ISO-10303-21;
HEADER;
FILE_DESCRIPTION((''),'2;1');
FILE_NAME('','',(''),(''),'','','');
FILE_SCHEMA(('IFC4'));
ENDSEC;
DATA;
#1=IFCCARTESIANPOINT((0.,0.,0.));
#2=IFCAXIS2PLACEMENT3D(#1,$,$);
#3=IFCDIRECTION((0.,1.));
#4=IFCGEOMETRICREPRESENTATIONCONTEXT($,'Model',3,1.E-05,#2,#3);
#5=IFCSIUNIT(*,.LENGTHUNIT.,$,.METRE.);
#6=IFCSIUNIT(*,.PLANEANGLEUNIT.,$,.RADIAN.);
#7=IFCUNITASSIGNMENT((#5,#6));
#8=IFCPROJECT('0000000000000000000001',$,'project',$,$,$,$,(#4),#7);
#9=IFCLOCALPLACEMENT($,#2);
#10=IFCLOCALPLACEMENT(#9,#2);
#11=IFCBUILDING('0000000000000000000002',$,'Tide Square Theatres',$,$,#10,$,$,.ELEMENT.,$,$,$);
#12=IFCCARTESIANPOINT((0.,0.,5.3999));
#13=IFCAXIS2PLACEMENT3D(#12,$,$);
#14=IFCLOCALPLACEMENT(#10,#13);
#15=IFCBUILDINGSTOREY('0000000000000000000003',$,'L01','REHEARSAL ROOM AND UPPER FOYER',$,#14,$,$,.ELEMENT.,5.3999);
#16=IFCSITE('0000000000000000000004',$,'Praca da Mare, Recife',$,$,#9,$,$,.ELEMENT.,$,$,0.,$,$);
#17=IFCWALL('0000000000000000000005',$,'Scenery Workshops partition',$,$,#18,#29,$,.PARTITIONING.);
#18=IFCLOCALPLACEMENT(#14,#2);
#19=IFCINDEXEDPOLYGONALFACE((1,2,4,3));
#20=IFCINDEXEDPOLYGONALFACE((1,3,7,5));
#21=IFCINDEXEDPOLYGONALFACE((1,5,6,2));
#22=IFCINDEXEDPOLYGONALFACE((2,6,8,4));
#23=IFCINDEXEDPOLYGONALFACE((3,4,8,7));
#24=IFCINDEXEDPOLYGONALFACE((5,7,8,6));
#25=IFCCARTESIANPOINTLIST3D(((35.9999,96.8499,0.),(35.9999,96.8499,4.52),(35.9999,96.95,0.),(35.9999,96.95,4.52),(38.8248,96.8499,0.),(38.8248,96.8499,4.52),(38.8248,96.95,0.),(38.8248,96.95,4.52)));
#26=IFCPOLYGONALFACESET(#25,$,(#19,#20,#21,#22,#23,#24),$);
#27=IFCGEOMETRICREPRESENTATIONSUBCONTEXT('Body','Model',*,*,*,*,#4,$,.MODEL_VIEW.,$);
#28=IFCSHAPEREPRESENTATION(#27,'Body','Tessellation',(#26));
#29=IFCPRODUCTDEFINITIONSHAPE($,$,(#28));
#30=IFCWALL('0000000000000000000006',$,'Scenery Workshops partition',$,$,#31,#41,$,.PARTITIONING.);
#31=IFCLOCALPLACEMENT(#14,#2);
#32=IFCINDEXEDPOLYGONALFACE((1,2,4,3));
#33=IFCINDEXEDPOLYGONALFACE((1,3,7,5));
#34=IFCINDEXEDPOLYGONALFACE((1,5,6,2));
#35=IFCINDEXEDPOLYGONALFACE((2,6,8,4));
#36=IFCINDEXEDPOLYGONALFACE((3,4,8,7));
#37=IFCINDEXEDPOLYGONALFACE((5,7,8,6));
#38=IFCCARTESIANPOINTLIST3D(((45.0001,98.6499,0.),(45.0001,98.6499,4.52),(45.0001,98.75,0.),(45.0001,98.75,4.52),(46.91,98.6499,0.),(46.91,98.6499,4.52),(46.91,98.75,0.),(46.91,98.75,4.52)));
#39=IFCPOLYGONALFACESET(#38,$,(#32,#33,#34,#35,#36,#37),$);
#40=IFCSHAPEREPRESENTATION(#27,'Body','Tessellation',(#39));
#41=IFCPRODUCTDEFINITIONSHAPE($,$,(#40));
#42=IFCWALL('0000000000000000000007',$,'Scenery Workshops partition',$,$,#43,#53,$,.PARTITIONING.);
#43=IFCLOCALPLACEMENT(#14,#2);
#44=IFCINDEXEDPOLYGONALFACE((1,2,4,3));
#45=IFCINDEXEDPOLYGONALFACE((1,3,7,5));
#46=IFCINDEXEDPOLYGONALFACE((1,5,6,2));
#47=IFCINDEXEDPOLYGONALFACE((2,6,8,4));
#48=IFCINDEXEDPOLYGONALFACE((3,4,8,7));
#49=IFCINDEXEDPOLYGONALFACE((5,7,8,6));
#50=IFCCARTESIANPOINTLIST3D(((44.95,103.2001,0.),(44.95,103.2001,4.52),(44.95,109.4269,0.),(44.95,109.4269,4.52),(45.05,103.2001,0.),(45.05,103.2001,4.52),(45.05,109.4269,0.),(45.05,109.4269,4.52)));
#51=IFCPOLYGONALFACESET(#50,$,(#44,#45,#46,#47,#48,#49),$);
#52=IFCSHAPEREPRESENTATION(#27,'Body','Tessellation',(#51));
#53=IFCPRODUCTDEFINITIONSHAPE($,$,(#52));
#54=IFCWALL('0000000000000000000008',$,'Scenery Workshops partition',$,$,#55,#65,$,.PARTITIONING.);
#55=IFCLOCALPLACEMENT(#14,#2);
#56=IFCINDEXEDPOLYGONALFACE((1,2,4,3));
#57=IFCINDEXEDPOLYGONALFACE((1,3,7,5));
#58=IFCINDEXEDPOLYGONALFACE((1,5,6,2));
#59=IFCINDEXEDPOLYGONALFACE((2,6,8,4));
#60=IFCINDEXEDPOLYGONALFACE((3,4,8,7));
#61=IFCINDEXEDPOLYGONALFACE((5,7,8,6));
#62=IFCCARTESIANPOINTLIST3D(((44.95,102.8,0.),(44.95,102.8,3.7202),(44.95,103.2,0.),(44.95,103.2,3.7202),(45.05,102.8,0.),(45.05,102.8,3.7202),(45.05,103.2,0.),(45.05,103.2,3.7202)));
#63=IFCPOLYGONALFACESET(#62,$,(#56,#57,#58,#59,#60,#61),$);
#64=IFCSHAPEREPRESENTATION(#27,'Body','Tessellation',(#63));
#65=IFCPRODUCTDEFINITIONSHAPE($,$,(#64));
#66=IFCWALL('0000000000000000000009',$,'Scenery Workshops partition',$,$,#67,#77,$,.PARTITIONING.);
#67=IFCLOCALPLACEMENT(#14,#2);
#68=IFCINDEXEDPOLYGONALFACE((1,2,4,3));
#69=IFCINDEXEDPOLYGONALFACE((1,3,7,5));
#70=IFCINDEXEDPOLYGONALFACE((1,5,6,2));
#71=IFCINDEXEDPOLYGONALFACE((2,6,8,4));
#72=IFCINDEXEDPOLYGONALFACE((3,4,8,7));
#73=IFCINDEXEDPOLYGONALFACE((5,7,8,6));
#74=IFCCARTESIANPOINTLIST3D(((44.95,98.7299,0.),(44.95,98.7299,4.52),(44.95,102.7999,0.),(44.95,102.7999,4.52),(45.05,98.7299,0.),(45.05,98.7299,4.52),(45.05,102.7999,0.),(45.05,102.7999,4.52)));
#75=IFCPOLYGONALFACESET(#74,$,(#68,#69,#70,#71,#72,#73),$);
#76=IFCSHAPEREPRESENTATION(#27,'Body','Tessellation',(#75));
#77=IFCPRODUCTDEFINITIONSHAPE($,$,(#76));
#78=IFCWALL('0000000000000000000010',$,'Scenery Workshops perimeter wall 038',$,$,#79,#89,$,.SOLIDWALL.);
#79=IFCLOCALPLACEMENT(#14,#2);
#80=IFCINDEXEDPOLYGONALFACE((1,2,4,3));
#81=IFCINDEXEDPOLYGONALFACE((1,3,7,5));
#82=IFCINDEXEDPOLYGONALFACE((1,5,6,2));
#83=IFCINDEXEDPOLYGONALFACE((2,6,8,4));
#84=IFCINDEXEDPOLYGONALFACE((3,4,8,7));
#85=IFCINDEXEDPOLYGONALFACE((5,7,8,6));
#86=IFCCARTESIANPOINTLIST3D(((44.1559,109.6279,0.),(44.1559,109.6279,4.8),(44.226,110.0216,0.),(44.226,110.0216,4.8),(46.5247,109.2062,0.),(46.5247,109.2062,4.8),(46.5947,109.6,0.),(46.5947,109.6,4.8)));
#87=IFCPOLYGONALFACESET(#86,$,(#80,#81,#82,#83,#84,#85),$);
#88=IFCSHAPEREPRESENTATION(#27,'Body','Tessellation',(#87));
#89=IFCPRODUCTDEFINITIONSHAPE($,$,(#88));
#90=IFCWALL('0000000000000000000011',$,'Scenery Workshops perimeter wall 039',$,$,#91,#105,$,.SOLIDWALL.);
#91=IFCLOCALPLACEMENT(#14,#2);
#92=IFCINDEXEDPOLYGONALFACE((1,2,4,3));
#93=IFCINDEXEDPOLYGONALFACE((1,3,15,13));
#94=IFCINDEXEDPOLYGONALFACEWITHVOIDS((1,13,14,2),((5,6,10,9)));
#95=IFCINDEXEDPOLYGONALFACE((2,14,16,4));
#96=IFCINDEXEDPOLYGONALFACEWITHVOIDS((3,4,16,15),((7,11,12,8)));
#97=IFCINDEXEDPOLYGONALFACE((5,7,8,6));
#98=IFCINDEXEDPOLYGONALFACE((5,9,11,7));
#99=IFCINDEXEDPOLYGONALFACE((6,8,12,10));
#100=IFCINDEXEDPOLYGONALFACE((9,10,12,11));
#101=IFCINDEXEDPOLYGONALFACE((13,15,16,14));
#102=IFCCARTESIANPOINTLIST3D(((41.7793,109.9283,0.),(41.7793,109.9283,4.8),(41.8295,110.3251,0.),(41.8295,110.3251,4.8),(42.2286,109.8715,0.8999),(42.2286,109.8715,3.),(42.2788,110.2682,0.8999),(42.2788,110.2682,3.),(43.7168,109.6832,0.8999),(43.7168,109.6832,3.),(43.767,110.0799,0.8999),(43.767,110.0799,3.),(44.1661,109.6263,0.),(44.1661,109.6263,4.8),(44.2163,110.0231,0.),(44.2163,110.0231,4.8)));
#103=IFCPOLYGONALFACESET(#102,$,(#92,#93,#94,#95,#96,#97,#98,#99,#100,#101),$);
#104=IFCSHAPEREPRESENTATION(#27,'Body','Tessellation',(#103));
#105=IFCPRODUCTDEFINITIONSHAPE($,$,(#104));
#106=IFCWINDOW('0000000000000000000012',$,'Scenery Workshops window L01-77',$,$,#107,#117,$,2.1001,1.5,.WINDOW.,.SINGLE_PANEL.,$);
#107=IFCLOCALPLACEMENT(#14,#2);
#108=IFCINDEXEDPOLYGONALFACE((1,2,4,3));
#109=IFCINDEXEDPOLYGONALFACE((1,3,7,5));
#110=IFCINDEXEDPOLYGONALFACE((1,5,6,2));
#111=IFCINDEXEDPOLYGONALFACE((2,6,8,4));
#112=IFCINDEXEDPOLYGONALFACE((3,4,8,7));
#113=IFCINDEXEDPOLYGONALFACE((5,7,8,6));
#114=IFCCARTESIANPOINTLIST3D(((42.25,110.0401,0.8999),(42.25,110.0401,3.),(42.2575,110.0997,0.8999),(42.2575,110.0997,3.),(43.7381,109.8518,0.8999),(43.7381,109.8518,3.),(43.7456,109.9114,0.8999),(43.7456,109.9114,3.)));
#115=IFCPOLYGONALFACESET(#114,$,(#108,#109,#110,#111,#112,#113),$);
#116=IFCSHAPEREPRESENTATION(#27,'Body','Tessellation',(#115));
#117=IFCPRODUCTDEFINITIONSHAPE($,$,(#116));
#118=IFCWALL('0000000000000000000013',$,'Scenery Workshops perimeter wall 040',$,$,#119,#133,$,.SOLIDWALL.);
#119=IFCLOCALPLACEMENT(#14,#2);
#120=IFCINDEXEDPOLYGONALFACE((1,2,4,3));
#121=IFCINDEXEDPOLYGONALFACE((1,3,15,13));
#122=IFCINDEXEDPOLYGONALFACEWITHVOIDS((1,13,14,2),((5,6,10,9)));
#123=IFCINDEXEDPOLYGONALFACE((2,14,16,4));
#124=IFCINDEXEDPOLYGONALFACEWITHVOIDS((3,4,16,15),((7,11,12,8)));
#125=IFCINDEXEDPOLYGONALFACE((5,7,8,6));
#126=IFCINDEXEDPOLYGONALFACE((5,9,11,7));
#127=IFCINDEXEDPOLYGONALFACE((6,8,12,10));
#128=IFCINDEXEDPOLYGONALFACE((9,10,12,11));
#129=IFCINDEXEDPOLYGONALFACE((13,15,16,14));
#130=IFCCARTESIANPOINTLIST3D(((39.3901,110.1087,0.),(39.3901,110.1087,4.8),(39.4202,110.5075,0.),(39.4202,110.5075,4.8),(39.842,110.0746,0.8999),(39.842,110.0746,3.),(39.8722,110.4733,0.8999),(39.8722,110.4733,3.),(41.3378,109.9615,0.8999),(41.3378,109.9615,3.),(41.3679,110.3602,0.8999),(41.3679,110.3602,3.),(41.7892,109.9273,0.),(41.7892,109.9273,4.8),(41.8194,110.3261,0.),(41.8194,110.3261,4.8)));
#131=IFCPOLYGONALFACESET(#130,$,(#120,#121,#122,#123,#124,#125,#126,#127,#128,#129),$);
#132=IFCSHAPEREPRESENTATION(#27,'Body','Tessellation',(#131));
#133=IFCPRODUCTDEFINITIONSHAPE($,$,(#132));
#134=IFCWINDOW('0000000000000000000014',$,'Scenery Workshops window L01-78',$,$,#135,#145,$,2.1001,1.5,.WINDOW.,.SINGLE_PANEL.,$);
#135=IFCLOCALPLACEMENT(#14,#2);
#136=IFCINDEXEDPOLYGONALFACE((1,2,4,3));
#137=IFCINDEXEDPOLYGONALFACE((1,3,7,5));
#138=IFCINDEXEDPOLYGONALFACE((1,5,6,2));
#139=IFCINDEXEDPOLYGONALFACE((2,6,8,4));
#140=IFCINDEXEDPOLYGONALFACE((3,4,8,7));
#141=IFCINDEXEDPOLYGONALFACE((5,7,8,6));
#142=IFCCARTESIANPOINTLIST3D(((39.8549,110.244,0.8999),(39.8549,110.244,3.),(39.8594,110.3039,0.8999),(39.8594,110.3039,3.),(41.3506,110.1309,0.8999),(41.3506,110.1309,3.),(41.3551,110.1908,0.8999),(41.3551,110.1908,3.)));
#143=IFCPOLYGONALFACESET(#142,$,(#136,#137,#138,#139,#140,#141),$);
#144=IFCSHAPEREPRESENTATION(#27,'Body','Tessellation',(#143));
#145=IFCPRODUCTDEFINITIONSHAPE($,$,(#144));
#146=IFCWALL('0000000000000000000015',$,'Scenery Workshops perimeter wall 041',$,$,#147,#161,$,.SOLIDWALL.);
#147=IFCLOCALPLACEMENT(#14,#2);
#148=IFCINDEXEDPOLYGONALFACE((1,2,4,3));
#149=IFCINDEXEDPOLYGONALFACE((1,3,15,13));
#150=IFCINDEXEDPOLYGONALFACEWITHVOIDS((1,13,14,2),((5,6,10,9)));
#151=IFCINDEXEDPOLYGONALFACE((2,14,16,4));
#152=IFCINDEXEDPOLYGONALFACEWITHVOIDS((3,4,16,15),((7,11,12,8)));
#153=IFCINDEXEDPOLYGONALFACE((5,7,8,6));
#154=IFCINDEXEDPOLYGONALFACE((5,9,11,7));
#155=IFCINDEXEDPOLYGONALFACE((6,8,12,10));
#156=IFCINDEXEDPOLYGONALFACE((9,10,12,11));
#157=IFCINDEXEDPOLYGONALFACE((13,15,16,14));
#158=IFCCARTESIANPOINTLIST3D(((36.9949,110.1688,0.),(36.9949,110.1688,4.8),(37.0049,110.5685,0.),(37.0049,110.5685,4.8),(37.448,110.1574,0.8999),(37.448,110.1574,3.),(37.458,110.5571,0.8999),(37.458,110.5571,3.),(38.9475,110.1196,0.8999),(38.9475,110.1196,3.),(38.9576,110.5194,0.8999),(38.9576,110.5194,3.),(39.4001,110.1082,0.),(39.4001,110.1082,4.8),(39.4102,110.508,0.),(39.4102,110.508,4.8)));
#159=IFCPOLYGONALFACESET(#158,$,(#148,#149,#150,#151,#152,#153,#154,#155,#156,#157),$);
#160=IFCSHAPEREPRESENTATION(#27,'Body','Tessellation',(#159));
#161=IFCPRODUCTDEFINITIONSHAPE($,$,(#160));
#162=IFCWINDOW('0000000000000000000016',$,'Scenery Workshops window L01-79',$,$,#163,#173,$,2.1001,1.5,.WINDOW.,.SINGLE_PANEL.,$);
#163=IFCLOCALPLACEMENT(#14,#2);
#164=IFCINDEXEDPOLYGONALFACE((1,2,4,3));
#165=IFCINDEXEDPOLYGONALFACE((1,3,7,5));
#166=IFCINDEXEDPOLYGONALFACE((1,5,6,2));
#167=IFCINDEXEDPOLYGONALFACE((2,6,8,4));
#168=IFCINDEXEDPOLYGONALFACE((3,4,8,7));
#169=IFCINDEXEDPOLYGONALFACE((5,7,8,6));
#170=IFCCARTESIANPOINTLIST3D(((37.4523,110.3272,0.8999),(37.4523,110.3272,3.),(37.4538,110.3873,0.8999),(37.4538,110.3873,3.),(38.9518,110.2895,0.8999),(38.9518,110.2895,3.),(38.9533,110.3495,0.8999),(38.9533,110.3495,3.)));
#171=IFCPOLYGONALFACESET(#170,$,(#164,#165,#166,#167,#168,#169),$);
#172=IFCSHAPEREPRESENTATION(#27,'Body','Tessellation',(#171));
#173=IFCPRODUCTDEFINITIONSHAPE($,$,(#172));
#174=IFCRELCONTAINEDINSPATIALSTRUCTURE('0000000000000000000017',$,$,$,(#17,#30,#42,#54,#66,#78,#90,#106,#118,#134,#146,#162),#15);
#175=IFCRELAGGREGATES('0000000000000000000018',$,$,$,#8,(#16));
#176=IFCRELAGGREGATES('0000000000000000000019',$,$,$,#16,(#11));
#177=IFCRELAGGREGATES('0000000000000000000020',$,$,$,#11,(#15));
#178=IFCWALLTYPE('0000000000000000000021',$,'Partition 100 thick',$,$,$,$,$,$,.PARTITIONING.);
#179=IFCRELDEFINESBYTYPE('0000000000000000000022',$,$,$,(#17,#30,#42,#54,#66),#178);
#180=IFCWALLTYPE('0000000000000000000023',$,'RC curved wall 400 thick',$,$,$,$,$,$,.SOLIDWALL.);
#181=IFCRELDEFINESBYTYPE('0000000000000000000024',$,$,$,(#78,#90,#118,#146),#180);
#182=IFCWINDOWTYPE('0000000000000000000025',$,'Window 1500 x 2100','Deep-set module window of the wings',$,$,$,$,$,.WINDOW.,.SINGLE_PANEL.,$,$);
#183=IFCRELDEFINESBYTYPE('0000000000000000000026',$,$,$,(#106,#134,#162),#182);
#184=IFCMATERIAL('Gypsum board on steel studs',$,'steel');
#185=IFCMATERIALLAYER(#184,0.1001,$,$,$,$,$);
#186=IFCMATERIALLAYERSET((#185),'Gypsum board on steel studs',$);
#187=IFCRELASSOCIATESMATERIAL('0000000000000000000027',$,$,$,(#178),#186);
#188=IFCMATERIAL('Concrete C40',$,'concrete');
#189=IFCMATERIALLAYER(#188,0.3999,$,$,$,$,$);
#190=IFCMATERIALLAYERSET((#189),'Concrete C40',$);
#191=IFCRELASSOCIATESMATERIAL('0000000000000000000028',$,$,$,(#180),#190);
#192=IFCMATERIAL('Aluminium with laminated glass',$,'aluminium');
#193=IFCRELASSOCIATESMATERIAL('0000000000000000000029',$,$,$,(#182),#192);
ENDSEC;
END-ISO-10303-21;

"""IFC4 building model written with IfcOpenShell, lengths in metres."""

from ifc_helpers import new_model, si_unit, direction, frame, frame_2d, origin, place, context, subcontext, project, spatial, rectangle, extrude, material, layer, layer_set, type_object, element, fill, save


model = new_model("IFC4")

# Units and contexts
model_context = context("Model", 3, precision=1e-05, world=origin(), true_north=direction((0.0, 1.0)))
body_context = subcontext(model_context, "Body", "Model", "MODEL_VIEW")
ifc_project = project(units=[si_unit("LENGTHUNIT", "METRE"), si_unit("PLANEANGLEUNIT", "RADIAN")], contexts=[model_context])

# Site, building, storey
site_placement = place(None, origin())
site = spatial("IfcSite", under=ifc_project, at=site_placement, Name="Praca da Mare, Recife", CompositionType="ELEMENT", RefElevation=0.0)
building_placement = place(site_placement, origin())
building = spatial("IfcBuilding", under=site, at=building_placement, Name="Tide Square Theatres", CompositionType="ELEMENT")
storey_placement = place(building_placement, frame((0.0, 0.0, 5.3999)))
storey = spatial("IfcBuildingStorey", under=building, at=storey_placement, Name="L01", Description="REHEARSAL ROOM AND UPPER FOYER", CompositionType="ELEMENT", Elevation=5.3999)

# Shared definitions
ifc_material_1 = material(Name="Gypsum board on steel studs", Category="steel")
ifc_layer_1 = layer(ifc_material_1, 0.1001)
ifc_layer_set_1 = layer_set([ifc_layer_1], Name="Gypsum board on steel studs")
wall_type_1 = type_object("IfcWallType", Name="Partition 100 thick", PredefinedType="PARTITIONING", material=ifc_layer_set_1)

# Walls
wall_1_placement = place(storey_placement, frame((38.825, 96.8999, 0.0), z_axis=(0.0, 0.0, 1.0), x_axis=(-1.0, 0.0, 0.0)))
element("IfcWall", 1, at=wall_1_placement, inside=storey, type_object=wall_type_1, Name="Scenery Workshops partition", PredefinedType="PARTITIONING", context=body_context, shape_type="SweptSolid", body=[
    extrude(rectangle(XDim=2.825, YDim=0.1001, at=frame_2d((1.4126, 0.0))), origin(), (0.0, 0.0, 1.0), 4.52),
])
wall_2_placement = place(storey_placement, frame((45.0, 98.7, 0.0), z_axis=(0.0, 0.0, 1.0), x_axis=(1.0, 0.0, 0.0)))
element("IfcWall", 2, at=wall_2_placement, inside=storey, type_object=wall_type_1, Name="Scenery Workshops partition", PredefinedType="PARTITIONING", context=body_context, shape_type="SweptSolid", body=[
    extrude(rectangle(XDim=1.9099, YDim=0.1001, at=frame_2d((0.9551, 0.0))), origin(), (0.0, 0.0, 1.0), 4.52),
])
wall_3_placement = place(storey_placement, frame((45.0, 109.4268, 0.0), z_axis=(0.0, 0.0, 1.0), x_axis=(0.0, -1.0, 0.0)))
element("IfcWall", 3, at=wall_3_placement, inside=storey, type_object=wall_type_1, Name="Scenery Workshops partition", PredefinedType="PARTITIONING", context=body_context, shape_type="SweptSolid", body=[
    extrude(rectangle(XDim=6.2268, YDim=0.1001, at=frame_2d((3.1133, 0.0))), origin(), (0.0, 0.0, 1.0), 4.52),
])
wall_4_placement = place(storey_placement, frame((45.0, 103.2, 0.0), z_axis=(0.0, 0.0, 1.0), x_axis=(0.0, -1.0, 0.0)))
element("IfcWall", 4, at=wall_4_placement, inside=storey, type_object=wall_type_1, Name="Scenery Workshops partition", PredefinedType="PARTITIONING", context=body_context, shape_type="SweptSolid", body=[
    extrude(rectangle(XDim=0.3999, YDim=0.1001, at=frame_2d((0.2, 0.0))), origin(), (0.0, 0.0, 1.0), 3.7202),
])
wall_5_placement = place(storey_placement, frame((45.0, 102.8, 0.0), z_axis=(0.0, 0.0, 1.0), x_axis=(0.0, -1.0, 0.0)))
element("IfcWall", 5, at=wall_5_placement, inside=storey, type_object=wall_type_1, Name="Scenery Workshops partition", PredefinedType="PARTITIONING", context=body_context, shape_type="SweptSolid", body=[
    extrude(rectangle(XDim=4.0701, YDim=0.1001, at=frame_2d((2.0352, 0.0))), origin(), (0.0, 0.0, 1.0), 4.52),
])
ifc_material_2 = material(Name="Concrete C40", Category="concrete")
ifc_layer_2 = layer(ifc_material_2, 0.3999)
ifc_layer_set_2 = layer_set([ifc_layer_2], Name="Concrete C40")
wall_type_2 = type_object("IfcWallType", Name="RC curved wall 400 thick", PredefinedType="SOLIDWALL", material=ifc_layer_set_2)
wall_6_placement = place(storey_placement, frame((46.5598, 109.4031, 0.0), z_axis=(0.0, 0.0, 1.0), x_axis=(-0.984524, 0.17525, 0.0)))
element("IfcWall", 6, at=wall_6_placement, inside=storey, type_object=wall_type_2, Name="Scenery Workshops perimeter wall 038", PredefinedType="SOLIDWALL", context=body_context, shape_type="SweptSolid", body=[
    extrude(rectangle(XDim=2.406, YDim=0.3999, at=frame_2d((1.2031, 0.0))), origin(), (0.0, 0.0, 1.0), 4.8),
])

# Walls, openings, windows
wall_7_placement = place(storey_placement, frame((44.1912, 109.8247, 0.0), z_axis=(0.0, 0.0, 1.0), x_axis=(-0.992089, 0.125533, 0.0)))
wall_7 = element("IfcWall", 7, at=wall_7_placement, inside=storey, type_object=wall_type_2, Name="Scenery Workshops perimeter wall 039", PredefinedType="SOLIDWALL", context=body_context, shape_type="SweptSolid", body=[
    extrude(rectangle(XDim=2.4058, YDim=0.3999, at=frame_2d((1.2029, 0.0))), origin(), (0.0, 0.0, 1.0), 4.8),
])
opening_1_placement = place(wall_7_placement, frame((0.4529, 0.0, 0.8999)))
opening_1 = element("IfcOpeningElement", 8, at=opening_1_placement, cuts=wall_7, PredefinedType="OPENING", context=body_context, shape_type="SweptSolid", body=[
    extrude(rectangle(XDim=1.5, YDim=2.1001, at=frame_2d((0.75, 1.05))), frame((0.0, 0.21, 0.0), z_axis=(0.0, -1.0, 0.0), x_axis=(1.0, 0.0, 0.0)), (0.0, 0.0, 1.0), 0.4199),
])
ifc_material_3 = material(Name="Aluminium with laminated glass", Category="aluminium")
window_type = type_object("IfcWindowType", Name="Window 1500 x 2100", Description="Deep-set module window of the wings", PartitioningType="SINGLE_PANEL", PredefinedType="WINDOW", material=ifc_material_3)
window_1_placement = place(opening_1_placement, origin())
window_1 = element("IfcWindow", 9, at=window_1_placement, inside=storey, type_object=window_type, Name="Scenery Workshops window L01-77", OverallHeight=2.1001, OverallWidth=1.5, PartitioningType="SINGLE_PANEL", PredefinedType="WINDOW", context=body_context, shape_type="SweptSolid", body=[
    extrude(rectangle(XDim=1.5, YDim=2.1001, at=frame_2d((0.75, 1.05))), frame((0.0, 0.03, 0.0), z_axis=(0.0, -1.0, 0.0), x_axis=(1.0, 0.0, 0.0)), (0.0, 0.0, 1.0), 0.0601),
])
fill(opening_1, window_1)
wall_8_placement = place(storey_placement, frame((41.8044, 110.1267, 0.0), z_axis=(0.0, 0.0, 1.0), x_axis=(-0.997154, 0.075393, 0.0)))
wall_8 = element("IfcWall", 10, at=wall_8_placement, inside=storey, type_object=wall_type_2, Name="Scenery Workshops perimeter wall 040", PredefinedType="SOLIDWALL", context=body_context, shape_type="SweptSolid", body=[
    extrude(rectangle(XDim=2.406, YDim=0.3999, at=frame_2d((1.2031, 0.0))), origin(), (0.0, 0.0, 1.0), 4.8),
])
opening_2_placement = place(wall_8_placement, frame((0.4529, 0.0, 0.8999)))
opening_2 = element("IfcOpeningElement", 11, at=opening_2_placement, cuts=wall_8, PredefinedType="OPENING", context=body_context, shape_type="SweptSolid", body=[
    extrude(rectangle(XDim=1.5, YDim=2.1001, at=frame_2d((0.75, 1.05))), frame((0.0, 0.21, 0.0), z_axis=(0.0, -1.0, 0.0), x_axis=(1.0, 0.0, 0.0)), (0.0, 0.0, 1.0), 0.4199),
])
window_2_placement = place(opening_2_placement, origin())
window_2 = element("IfcWindow", 12, at=window_2_placement, inside=storey, type_object=window_type, Name="Scenery Workshops window L01-78", OverallHeight=2.1001, OverallWidth=1.5, PartitioningType="SINGLE_PANEL", PredefinedType="WINDOW", context=body_context, shape_type="SweptSolid", body=[
    extrude(rectangle(XDim=1.5, YDim=2.1001, at=frame_2d((0.75, 1.05))), frame((0.0, 0.03, 0.0), z_axis=(0.0, -1.0, 0.0), x_axis=(1.0, 0.0, 0.0)), (0.0, 0.0, 1.0), 0.0601),
])
fill(opening_2, window_2)
wall_9_placement = place(storey_placement, frame((39.4053, 110.3081, 0.0), z_axis=(0.0, 0.0, 1.0), x_axis=(-0.999683, 0.025165, 0.0)))
wall_9 = element("IfcWall", 13, at=wall_9_placement, inside=storey, type_object=wall_type_2, Name="Scenery Workshops perimeter wall 041", PredefinedType="SOLIDWALL", context=body_context, shape_type="SweptSolid", body=[
    extrude(rectangle(XDim=2.406, YDim=0.3999, at=frame_2d((1.2031, 0.0))), origin(), (0.0, 0.0, 1.0), 4.8),
])
opening_3_placement = place(wall_9_placement, frame((0.4529, 0.0, 0.8999)))
opening_3 = element("IfcOpeningElement", 14, at=opening_3_placement, cuts=wall_9, PredefinedType="OPENING", context=body_context, shape_type="SweptSolid", body=[
    extrude(rectangle(XDim=1.5, YDim=2.1001, at=frame_2d((0.75, 1.05))), frame((0.0, 0.21, 0.0), z_axis=(0.0, -1.0, 0.0), x_axis=(1.0, 0.0, 0.0)), (0.0, 0.0, 1.0), 0.4199),
])
window_3_placement = place(opening_3_placement, origin())
window_3 = element("IfcWindow", 15, at=window_3_placement, inside=storey, type_object=window_type, Name="Scenery Workshops window L01-79", OverallHeight=2.1001, OverallWidth=1.5, PartitioningType="SINGLE_PANEL", PredefinedType="WINDOW", context=body_context, shape_type="SweptSolid", body=[
    extrude(rectangle(XDim=1.5, YDim=2.1001, at=frame_2d((0.75, 1.05))), frame((0.0, 0.03, 0.0), z_axis=(0.0, -1.0, 0.0), x_axis=(1.0, 0.0, 0.0)), (0.0, 0.0, 1.0), 0.0601),
])
fill(opening_3, window_3)

save(model, "model.ifc")
